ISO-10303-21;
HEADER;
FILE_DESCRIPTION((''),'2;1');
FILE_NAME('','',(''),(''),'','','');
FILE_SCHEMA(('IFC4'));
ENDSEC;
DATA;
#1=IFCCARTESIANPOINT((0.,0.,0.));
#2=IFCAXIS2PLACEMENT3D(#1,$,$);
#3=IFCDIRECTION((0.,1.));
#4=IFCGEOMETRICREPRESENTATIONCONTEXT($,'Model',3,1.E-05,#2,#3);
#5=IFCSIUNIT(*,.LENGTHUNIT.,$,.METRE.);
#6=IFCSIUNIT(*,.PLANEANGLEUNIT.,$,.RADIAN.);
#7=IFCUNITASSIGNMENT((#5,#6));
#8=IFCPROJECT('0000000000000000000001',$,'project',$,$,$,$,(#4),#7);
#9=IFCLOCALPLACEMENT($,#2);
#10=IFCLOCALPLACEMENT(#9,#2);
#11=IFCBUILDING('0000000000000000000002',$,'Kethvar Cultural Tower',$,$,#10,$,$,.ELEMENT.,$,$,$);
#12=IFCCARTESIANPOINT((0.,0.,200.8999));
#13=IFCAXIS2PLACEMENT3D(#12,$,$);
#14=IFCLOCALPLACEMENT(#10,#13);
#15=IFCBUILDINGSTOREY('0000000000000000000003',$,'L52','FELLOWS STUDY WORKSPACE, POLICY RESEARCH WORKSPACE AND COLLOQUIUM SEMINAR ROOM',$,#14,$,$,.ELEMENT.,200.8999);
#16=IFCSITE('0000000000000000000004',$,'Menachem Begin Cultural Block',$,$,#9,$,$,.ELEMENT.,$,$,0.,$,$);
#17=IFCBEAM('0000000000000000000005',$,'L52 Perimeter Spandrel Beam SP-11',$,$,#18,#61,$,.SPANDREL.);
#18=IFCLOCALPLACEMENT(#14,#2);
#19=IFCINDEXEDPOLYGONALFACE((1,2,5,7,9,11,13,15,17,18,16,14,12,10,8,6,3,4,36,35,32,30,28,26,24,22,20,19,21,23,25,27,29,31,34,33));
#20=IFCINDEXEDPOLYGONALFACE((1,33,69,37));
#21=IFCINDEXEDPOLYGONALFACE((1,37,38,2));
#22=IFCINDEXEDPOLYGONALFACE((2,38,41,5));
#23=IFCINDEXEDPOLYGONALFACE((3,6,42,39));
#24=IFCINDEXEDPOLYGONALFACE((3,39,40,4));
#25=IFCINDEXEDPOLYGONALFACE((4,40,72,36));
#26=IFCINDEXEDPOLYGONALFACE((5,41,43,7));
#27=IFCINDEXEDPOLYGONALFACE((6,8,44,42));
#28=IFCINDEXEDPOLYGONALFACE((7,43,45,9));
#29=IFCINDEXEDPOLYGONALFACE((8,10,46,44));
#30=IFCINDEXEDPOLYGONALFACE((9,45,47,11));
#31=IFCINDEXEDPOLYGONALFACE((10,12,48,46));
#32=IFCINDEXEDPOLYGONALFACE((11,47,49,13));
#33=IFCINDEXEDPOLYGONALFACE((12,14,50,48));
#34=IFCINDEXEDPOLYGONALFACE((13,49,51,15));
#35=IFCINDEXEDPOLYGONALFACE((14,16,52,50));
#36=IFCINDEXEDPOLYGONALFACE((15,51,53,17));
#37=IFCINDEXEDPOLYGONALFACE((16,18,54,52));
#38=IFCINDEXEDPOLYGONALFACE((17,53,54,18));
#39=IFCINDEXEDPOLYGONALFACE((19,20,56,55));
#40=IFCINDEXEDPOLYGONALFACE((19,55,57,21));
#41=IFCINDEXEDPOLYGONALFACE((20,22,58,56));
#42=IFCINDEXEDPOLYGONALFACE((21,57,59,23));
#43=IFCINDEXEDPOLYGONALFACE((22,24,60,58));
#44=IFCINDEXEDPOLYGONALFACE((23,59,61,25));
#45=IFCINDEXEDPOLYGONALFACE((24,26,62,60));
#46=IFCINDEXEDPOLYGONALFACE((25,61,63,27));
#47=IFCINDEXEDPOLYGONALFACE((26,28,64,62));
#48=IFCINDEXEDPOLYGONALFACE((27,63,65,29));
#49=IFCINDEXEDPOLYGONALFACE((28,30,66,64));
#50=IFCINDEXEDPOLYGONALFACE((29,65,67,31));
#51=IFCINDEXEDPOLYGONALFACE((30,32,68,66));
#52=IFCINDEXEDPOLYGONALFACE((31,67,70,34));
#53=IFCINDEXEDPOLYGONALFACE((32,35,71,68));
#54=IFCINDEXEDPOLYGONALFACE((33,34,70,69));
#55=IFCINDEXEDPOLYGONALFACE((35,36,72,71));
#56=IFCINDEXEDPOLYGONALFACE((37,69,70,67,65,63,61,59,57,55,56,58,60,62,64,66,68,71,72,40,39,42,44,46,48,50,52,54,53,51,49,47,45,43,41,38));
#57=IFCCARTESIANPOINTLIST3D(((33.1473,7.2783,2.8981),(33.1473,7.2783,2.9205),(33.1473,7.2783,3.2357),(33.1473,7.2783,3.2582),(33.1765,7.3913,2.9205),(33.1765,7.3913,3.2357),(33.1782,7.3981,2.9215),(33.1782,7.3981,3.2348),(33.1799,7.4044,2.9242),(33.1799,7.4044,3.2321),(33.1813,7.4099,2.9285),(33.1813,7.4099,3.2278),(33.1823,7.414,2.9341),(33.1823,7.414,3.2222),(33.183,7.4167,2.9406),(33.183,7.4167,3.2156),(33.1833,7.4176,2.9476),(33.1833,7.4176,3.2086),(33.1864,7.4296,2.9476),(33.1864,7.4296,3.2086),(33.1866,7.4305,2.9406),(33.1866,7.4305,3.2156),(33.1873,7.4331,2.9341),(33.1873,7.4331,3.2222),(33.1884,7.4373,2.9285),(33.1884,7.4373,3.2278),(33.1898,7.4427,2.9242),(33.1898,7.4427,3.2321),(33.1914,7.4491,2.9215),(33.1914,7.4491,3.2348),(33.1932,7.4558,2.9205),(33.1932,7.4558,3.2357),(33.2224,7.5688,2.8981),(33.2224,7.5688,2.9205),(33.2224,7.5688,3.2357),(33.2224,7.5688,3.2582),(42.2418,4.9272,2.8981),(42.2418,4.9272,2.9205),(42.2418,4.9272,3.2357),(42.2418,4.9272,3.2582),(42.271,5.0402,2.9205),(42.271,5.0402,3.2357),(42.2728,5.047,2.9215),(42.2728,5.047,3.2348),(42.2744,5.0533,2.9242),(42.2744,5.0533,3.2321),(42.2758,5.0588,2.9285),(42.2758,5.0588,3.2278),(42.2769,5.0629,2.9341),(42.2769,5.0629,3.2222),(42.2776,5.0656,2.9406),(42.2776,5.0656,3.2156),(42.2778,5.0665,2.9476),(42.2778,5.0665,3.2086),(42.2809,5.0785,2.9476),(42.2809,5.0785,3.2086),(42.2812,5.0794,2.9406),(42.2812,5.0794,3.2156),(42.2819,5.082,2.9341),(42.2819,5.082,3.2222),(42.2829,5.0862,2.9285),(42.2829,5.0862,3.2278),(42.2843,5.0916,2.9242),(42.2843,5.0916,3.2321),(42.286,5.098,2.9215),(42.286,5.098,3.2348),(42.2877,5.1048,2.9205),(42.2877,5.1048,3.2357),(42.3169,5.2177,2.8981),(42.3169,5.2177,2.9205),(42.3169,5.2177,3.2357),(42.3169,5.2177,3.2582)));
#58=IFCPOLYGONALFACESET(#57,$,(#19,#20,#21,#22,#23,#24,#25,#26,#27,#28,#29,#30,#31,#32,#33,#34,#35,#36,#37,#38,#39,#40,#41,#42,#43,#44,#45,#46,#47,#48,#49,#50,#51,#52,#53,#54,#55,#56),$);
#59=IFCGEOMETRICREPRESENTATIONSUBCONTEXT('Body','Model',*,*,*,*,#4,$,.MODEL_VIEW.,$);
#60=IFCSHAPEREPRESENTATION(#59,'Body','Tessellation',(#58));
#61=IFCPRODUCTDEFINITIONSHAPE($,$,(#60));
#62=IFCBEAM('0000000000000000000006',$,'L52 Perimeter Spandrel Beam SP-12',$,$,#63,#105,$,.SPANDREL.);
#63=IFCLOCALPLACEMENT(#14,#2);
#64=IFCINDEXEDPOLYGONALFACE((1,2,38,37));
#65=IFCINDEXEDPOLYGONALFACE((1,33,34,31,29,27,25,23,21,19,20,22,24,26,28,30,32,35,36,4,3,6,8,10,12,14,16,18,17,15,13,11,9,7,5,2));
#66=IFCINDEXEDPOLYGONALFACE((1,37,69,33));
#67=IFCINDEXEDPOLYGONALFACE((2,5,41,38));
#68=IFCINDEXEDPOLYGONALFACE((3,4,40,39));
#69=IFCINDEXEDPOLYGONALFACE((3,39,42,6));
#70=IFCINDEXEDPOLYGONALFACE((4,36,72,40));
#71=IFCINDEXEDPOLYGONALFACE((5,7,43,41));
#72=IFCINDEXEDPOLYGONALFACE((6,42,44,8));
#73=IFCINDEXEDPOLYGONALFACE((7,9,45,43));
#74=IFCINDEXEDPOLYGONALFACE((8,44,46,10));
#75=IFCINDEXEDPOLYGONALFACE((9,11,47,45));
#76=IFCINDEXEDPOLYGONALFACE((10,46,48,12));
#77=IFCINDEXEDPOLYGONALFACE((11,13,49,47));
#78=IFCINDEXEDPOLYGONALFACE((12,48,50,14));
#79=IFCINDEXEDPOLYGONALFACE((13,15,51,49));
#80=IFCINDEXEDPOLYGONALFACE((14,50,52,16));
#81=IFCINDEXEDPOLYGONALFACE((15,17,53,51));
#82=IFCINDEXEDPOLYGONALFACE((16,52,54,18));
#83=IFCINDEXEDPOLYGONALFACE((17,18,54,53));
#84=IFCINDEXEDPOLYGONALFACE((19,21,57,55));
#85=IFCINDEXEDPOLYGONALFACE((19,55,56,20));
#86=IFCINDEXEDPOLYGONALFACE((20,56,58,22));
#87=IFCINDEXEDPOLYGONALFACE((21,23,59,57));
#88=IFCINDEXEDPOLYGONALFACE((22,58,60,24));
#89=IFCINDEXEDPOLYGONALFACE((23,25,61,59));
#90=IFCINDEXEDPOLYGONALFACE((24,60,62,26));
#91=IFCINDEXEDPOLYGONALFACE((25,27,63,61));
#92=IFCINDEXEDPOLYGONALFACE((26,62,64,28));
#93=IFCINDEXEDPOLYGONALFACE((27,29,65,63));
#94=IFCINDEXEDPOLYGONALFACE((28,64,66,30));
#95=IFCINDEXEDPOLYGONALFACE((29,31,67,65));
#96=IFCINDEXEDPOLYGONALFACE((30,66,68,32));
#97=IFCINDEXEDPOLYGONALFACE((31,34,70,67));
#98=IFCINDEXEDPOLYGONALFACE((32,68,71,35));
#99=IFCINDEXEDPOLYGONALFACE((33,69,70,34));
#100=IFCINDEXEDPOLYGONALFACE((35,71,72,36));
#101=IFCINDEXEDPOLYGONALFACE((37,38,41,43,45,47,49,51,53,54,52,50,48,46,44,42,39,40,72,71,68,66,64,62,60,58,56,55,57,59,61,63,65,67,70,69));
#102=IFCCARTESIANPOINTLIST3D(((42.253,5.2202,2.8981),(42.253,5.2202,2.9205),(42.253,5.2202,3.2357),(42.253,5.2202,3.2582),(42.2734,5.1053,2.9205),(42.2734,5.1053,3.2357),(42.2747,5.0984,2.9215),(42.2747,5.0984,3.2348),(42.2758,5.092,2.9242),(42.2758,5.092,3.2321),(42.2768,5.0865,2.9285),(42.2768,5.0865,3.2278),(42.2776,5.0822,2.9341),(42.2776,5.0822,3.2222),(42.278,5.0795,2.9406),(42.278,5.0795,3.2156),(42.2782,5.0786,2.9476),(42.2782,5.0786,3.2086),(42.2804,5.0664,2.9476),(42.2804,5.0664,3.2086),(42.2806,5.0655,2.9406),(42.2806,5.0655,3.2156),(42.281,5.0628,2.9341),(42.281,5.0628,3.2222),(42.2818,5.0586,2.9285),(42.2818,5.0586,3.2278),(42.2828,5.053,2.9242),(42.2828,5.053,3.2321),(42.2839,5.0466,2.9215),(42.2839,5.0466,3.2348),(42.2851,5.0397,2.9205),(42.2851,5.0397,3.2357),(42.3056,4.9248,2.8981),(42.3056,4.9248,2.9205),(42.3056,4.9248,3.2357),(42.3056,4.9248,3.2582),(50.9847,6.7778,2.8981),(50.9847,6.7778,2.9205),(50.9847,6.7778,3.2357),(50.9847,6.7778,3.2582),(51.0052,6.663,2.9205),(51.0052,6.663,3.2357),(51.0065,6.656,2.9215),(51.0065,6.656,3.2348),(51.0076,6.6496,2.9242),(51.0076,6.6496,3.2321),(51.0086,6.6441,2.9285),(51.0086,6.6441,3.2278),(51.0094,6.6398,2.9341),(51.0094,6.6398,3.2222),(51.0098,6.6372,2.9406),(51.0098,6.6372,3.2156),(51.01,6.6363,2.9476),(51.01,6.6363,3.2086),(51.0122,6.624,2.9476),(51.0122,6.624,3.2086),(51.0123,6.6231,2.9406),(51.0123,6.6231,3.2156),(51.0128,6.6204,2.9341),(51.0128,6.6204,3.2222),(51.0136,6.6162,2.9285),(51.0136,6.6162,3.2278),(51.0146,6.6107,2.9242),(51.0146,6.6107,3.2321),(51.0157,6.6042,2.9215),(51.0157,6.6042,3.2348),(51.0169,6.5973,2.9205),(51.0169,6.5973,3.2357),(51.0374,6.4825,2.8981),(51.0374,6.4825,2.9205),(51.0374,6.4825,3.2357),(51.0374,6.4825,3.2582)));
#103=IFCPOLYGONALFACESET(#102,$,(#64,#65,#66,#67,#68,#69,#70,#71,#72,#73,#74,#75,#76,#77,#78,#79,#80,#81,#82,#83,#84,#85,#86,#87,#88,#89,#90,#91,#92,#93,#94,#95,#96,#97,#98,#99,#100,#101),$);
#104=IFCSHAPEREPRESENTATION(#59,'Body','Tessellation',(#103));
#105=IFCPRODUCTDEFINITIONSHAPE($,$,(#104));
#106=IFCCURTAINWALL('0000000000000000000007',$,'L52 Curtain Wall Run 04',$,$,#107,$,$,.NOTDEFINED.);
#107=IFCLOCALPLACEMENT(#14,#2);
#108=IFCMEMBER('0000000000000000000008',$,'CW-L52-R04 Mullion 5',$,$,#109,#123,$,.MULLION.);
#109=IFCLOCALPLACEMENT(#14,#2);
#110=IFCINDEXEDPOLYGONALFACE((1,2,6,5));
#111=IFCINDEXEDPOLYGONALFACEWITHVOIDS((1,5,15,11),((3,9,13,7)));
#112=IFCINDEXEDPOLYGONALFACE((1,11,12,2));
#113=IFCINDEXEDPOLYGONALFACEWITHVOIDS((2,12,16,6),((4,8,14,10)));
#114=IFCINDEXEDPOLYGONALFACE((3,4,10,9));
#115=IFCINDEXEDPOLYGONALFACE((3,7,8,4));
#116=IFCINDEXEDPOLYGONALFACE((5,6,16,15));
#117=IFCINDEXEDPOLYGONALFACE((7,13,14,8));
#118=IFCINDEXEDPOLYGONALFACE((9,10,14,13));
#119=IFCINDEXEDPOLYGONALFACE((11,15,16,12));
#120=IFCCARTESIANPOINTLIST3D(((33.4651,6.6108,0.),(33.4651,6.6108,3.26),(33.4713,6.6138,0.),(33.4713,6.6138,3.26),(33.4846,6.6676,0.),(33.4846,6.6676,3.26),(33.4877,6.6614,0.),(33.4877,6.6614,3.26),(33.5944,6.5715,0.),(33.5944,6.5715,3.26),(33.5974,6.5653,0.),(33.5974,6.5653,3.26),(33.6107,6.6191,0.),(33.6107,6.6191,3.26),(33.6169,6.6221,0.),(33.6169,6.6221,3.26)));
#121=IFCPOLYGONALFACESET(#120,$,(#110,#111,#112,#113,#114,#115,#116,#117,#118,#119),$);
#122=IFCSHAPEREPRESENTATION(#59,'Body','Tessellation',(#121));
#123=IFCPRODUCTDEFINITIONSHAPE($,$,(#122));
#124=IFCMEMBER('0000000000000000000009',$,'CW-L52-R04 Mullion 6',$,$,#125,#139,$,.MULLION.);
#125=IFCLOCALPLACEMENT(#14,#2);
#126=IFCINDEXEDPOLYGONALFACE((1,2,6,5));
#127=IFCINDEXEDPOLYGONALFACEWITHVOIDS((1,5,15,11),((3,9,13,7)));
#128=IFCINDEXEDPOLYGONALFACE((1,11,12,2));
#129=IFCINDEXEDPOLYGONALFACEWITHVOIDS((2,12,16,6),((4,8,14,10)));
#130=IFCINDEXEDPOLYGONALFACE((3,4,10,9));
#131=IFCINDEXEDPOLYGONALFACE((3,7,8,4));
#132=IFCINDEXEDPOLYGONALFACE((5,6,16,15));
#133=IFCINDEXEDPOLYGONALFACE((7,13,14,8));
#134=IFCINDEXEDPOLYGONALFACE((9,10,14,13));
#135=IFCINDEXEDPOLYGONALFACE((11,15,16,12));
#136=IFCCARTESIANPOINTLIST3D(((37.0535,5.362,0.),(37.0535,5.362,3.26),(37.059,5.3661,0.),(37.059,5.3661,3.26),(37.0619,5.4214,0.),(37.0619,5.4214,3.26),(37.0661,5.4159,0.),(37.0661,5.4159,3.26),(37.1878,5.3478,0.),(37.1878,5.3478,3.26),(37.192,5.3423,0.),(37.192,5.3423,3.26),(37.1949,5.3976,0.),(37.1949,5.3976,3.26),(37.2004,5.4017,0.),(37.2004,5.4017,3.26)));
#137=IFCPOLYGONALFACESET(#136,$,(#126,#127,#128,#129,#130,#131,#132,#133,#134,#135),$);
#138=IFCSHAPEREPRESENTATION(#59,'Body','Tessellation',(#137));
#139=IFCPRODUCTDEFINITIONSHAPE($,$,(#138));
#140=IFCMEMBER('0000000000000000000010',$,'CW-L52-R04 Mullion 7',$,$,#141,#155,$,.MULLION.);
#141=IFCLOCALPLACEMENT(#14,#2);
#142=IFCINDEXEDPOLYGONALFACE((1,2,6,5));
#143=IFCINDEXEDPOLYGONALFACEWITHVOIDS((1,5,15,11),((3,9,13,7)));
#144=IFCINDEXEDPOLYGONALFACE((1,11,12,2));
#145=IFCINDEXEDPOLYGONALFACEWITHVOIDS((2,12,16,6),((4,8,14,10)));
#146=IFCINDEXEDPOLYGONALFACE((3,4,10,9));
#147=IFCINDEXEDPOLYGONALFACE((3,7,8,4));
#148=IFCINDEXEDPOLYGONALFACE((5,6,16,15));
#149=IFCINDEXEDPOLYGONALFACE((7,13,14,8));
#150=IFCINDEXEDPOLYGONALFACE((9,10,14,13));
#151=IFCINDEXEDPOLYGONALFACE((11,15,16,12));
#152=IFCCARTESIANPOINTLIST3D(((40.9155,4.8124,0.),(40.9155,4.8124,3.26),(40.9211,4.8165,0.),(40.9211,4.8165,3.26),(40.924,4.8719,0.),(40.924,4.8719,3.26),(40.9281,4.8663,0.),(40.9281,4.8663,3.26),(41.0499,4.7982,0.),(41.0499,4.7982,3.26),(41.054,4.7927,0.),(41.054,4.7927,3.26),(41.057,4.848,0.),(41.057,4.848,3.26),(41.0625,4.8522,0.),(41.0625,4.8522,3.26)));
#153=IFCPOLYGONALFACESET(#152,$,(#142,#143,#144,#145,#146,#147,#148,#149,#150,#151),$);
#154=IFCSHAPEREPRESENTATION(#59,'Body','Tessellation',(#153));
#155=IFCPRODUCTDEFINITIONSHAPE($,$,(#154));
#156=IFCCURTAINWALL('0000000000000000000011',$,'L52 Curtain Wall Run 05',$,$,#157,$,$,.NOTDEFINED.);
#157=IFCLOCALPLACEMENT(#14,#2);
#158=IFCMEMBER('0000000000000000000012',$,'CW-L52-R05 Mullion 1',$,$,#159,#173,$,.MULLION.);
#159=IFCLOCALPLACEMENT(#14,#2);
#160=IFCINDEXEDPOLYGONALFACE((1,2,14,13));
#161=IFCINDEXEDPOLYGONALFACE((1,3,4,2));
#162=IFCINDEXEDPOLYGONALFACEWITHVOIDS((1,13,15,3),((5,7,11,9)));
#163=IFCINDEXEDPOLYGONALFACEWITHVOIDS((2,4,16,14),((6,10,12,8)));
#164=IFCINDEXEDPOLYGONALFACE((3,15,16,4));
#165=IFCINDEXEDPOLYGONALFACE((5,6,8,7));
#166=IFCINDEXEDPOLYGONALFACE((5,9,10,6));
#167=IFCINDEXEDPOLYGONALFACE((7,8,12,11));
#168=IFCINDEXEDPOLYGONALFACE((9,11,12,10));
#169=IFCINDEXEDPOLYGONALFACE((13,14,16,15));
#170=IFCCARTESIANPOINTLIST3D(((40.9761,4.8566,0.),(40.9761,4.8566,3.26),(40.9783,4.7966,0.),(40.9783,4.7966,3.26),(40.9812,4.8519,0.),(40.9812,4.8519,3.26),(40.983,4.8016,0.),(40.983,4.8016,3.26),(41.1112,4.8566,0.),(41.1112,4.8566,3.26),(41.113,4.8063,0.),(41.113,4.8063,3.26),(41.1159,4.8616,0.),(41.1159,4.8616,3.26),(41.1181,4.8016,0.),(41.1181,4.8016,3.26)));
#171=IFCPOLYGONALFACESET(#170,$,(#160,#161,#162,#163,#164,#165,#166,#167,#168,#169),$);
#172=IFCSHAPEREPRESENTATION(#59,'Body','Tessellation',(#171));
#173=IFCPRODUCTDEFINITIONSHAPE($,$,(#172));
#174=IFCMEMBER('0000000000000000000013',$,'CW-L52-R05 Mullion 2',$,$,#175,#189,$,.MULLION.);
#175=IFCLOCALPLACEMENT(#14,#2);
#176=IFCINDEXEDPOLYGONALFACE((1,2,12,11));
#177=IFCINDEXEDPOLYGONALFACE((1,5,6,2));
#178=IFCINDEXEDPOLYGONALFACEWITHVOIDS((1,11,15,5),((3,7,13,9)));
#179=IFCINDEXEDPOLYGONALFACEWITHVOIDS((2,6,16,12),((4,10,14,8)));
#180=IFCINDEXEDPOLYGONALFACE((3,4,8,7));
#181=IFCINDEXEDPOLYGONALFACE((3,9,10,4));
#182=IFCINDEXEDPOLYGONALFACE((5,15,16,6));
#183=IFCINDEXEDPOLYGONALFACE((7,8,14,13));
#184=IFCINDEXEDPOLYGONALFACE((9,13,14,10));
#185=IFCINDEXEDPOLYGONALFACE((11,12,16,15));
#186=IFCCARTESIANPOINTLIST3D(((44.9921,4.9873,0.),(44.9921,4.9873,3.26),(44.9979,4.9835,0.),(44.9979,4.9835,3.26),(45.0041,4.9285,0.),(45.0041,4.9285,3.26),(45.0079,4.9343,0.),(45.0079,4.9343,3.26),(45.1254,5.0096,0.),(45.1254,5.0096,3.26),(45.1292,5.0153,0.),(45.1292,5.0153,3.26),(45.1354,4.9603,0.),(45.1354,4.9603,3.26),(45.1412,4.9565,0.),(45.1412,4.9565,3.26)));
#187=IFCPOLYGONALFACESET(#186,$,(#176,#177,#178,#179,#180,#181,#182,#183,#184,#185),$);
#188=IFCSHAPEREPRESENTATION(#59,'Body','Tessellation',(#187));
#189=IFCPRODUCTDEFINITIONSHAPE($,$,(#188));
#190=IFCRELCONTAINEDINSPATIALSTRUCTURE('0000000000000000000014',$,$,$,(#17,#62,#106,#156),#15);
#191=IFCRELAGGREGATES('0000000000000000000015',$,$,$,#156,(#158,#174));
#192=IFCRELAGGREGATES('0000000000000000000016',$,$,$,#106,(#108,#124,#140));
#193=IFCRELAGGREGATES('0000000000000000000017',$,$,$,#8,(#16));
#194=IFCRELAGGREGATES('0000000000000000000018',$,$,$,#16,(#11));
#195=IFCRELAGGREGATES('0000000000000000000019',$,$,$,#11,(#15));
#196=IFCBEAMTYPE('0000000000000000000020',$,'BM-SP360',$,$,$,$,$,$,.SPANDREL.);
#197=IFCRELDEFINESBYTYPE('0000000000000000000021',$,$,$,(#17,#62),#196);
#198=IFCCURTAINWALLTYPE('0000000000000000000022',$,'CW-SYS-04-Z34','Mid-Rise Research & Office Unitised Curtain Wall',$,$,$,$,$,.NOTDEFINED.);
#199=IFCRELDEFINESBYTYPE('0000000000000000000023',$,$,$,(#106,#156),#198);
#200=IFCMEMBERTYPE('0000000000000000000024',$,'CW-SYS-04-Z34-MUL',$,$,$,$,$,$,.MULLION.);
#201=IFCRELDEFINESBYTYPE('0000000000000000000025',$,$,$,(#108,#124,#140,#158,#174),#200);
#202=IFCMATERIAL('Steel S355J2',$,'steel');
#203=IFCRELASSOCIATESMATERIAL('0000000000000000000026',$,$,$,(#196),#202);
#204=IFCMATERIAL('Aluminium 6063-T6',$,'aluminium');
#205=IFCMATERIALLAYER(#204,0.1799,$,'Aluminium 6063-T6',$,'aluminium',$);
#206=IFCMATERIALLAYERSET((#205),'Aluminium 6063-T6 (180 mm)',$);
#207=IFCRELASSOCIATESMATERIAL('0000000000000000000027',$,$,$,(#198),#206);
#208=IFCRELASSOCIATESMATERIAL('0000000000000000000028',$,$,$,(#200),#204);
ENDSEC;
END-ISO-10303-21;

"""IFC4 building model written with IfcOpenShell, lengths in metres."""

from ifc_helpers import new_model, si_unit, direction, frame, origin, origin_2d, place, context, subcontext, project, spatial, hollow_rectangle, i_section, extrude, source, transform, mapped, material, layer, layer_set, material_profile, profile_set, type_object, element, aggregate, save


model = new_model("IFC4")

# Units and contexts
model_context = context("Model", 3, precision=1e-05, world=origin(), true_north=direction((0.0, 1.0)))
body_context = subcontext(model_context, "Body", "Model", "MODEL_VIEW")
ifc_project = project(units=[si_unit("LENGTHUNIT", "METRE"), si_unit("PLANEANGLEUNIT", "RADIAN")], contexts=[model_context])

# Site, building, storey
site_placement = place(None, origin())
site = spatial("IfcSite", under=ifc_project, at=site_placement, Name="Menachem Begin Cultural Block", CompositionType="ELEMENT", RefElevation=0.0)
building_placement = place(site_placement, origin())
building = spatial("IfcBuilding", under=site, at=building_placement, Name="Kethvar Cultural Tower", CompositionType="ELEMENT")
storey_placement = place(building_placement, frame((0.0, 0.0, 200.8999)))
storey = spatial("IfcBuildingStorey", under=building, at=storey_placement, Name="L52", Description="FELLOWS STUDY WORKSPACE, POLICY RESEARCH WORKSPACE AND COLLOQUIUM SEMINAR ROOM", CompositionType="ELEMENT", Elevation=200.8999)

# Beams
ifc_material_1 = material(Name="Steel S355J2", Category="steel")
ifc_material_profile_1 = material_profile(ifc_material_1, i_section(OverallWidth=0.3, OverallDepth=0.3601, WebThickness=0.0125, FlangeThickness=0.0225, FilletRadius=0.0271, at=origin_2d()), Name="Steel S355J2 — HEB360")
ifc_profile_set_1 = profile_set([ifc_material_profile_1], Name="Steel S355J2 — HEB360")
beam_type_1 = type_object("IfcBeamType", Name="BM-SP360", PredefinedType="SPANDREL", material=ifc_profile_set_1)
shared_shape_1 = source(origin(), body_context, "Body", "SweptSolid", [
    extrude(i_section(OverallWidth=0.3, OverallDepth=0.3601, WebThickness=0.0125, FlangeThickness=0.0225, FilletRadius=0.0271, at=origin_2d()), origin(), (0.0, 0.0, 1.0), 9.3936),
])
beam_1_placement = place(storey_placement, frame((33.1848, 7.4236, 3.0781), z_axis=(0.968171, -0.250288, 0.0), x_axis=(0.250288, 0.968171, 0.0)))
element("IfcBeam", 1, at=beam_1_placement, inside=storey, type_object=beam_type_1, Name="L52 Perimeter Spandrel Beam SP-11", PredefinedType="SPANDREL", context=body_context, shape_type="MappedRepresentation", body=[
    mapped(shared_shape_1, transform((0.0, 0.0, 0.0), scale=1.0)),
])
shared_shape_2 = source(origin(), body_context, "Body", "SweptSolid", [
    extrude(i_section(OverallWidth=0.3, OverallDepth=0.3601, WebThickness=0.0125, FlangeThickness=0.0225, FilletRadius=0.0271, at=origin_2d()), origin(), (0.0, 0.0, 1.0), 8.8696),
])
beam_2_placement = place(storey_placement, frame((42.2793, 5.0725, 3.0781), z_axis=(0.984459, 0.175614, 0.0), x_axis=(-0.175614, 0.984459, 0.0)))
element("IfcBeam", 2, at=beam_2_placement, inside=storey, type_object=beam_type_1, Name="L52 Perimeter Spandrel Beam SP-12", PredefinedType="SPANDREL", context=body_context, shape_type="MappedRepresentation", body=[
    mapped(shared_shape_2, transform((0.0, 0.0, 0.0), scale=1.0)),
])

# Curtain walls, members
ifc_material_2 = material(Name="Aluminium 6063-T6", Category="aluminium")
ifc_layer_1 = layer(ifc_material_2, 0.1799, Name="Aluminium 6063-T6", Category="aluminium")
ifc_layer_set_1 = layer_set([ifc_layer_1], Name="Aluminium 6063-T6 (180 mm)")
curtain_wall_type = type_object("IfcCurtainWallType", Name="CW-SYS-04-Z34", Description="Mid-Rise Research & Office Unitised Curtain Wall", PredefinedType="NOTDEFINED", material=ifc_layer_set_1)
curtain_wall_1_placement = place(storey_placement, origin())
curtain_wall_1 = element("IfcCurtainWall", 3, at=curtain_wall_1_placement, inside=storey, type_object=curtain_wall_type, Name="L52 Curtain Wall Run 04", PredefinedType="NOTDEFINED")
ifc_material_profile_2 = material_profile(ifc_material_2, hollow_rectangle(XDim=0.0601, YDim=0.1399, WallThickness=0.0049, at=origin_2d()), Name="Aluminium 6063-T6 — RHS140x60x5")
ifc_profile_set_2 = profile_set([ifc_material_profile_2], Name="Aluminium 6063-T6 — RHS140x60x5")
member_type_1 = type_object("IfcMemberType", Name="CW-SYS-04-Z34-MUL", PredefinedType="MULLION", material=ifc_profile_set_2)
shared_shape_3 = source(origin(), body_context, "Body", "SweptSolid", [
    extrude(hollow_rectangle(XDim=0.0601, YDim=0.1399, WallThickness=0.0049, at=origin_2d()), origin(), (0.0, 0.0, 1.0), 3.26),
])
member_1_placement = place(storey_placement, frame((33.541, 6.6165, 0.0), z_axis=(0.0, 0.0, 1.0), x_axis=(0.32504, 0.9457, 0.0)))
member_1 = element("IfcMember", 4, at=member_1_placement, type_object=member_type_1, Name="CW-L52-R04 Mullion 5", PredefinedType="MULLION", context=body_context, shape_type="MappedRepresentation", body=[
    mapped(shared_shape_3, transform((0.0, 0.0, 0.0), scale=1.0)),
])
member_2_placement = place(storey_placement, frame((37.127, 5.3818, 0.0), z_axis=(0.0, 0.0, 1.0), x_axis=(0.140867, 0.990029, 0.0)))
member_2 = element("IfcMember", 5, at=member_2_placement, type_object=member_type_1, Name="CW-L52-R04 Mullion 6", PredefinedType="MULLION", context=body_context, shape_type="MappedRepresentation", body=[
    mapped(shared_shape_3, transform((0.0, 0.0, 0.0), scale=1.0)),
])
member_3_placement = place(storey_placement, frame((40.989, 4.8323, 0.0), z_axis=(0.0, 0.0, 1.0), x_axis=(0.140867, 0.990029, 0.0)))
member_3 = element("IfcMember", 6, at=member_3_placement, type_object=member_type_1, Name="CW-L52-R04 Mullion 7", PredefinedType="MULLION", context=body_context, shape_type="MappedRepresentation", body=[
    mapped(shared_shape_3, transform((0.0, 0.0, 0.0), scale=1.0)),
])
curtain_wall_2_placement = place(storey_placement, origin())
curtain_wall_2 = element("IfcCurtainWall", 7, at=curtain_wall_2_placement, inside=storey, type_object=curtain_wall_type, Name="L52 Curtain Wall Run 05", PredefinedType="NOTDEFINED")
member_4_placement = place(storey_placement, frame((41.0471, 4.8291, 0.0), z_axis=(0.0, 0.0, 1.0), x_axis=(-0.035859, 0.999357, 0.0)))
member_4 = element("IfcMember", 8, at=member_4_placement, type_object=member_type_1, Name="CW-L52-R05 Mullion 1", PredefinedType="MULLION", context=body_context, shape_type="MappedRepresentation", body=[
    mapped(shared_shape_3, transform((0.0, 0.0, 0.0), scale=1.0)),
])
member_5_placement = place(storey_placement, frame((45.0667, 4.9719, 0.0), z_axis=(0.0, 0.0, 1.0), x_axis=(-0.200138, 0.979768, 0.0)))
member_5 = element("IfcMember", 9, at=member_5_placement, type_object=member_type_1, Name="CW-L52-R05 Mullion 2", PredefinedType="MULLION", context=body_context, shape_type="MappedRepresentation", body=[
    mapped(shared_shape_3, transform((0.0, 0.0, 0.0), scale=1.0)),
])

aggregate(curtain_wall_2, [member_4, member_5])
aggregate(curtain_wall_1, [member_1, member_2, member_3])

save(model, "model.ifc")
